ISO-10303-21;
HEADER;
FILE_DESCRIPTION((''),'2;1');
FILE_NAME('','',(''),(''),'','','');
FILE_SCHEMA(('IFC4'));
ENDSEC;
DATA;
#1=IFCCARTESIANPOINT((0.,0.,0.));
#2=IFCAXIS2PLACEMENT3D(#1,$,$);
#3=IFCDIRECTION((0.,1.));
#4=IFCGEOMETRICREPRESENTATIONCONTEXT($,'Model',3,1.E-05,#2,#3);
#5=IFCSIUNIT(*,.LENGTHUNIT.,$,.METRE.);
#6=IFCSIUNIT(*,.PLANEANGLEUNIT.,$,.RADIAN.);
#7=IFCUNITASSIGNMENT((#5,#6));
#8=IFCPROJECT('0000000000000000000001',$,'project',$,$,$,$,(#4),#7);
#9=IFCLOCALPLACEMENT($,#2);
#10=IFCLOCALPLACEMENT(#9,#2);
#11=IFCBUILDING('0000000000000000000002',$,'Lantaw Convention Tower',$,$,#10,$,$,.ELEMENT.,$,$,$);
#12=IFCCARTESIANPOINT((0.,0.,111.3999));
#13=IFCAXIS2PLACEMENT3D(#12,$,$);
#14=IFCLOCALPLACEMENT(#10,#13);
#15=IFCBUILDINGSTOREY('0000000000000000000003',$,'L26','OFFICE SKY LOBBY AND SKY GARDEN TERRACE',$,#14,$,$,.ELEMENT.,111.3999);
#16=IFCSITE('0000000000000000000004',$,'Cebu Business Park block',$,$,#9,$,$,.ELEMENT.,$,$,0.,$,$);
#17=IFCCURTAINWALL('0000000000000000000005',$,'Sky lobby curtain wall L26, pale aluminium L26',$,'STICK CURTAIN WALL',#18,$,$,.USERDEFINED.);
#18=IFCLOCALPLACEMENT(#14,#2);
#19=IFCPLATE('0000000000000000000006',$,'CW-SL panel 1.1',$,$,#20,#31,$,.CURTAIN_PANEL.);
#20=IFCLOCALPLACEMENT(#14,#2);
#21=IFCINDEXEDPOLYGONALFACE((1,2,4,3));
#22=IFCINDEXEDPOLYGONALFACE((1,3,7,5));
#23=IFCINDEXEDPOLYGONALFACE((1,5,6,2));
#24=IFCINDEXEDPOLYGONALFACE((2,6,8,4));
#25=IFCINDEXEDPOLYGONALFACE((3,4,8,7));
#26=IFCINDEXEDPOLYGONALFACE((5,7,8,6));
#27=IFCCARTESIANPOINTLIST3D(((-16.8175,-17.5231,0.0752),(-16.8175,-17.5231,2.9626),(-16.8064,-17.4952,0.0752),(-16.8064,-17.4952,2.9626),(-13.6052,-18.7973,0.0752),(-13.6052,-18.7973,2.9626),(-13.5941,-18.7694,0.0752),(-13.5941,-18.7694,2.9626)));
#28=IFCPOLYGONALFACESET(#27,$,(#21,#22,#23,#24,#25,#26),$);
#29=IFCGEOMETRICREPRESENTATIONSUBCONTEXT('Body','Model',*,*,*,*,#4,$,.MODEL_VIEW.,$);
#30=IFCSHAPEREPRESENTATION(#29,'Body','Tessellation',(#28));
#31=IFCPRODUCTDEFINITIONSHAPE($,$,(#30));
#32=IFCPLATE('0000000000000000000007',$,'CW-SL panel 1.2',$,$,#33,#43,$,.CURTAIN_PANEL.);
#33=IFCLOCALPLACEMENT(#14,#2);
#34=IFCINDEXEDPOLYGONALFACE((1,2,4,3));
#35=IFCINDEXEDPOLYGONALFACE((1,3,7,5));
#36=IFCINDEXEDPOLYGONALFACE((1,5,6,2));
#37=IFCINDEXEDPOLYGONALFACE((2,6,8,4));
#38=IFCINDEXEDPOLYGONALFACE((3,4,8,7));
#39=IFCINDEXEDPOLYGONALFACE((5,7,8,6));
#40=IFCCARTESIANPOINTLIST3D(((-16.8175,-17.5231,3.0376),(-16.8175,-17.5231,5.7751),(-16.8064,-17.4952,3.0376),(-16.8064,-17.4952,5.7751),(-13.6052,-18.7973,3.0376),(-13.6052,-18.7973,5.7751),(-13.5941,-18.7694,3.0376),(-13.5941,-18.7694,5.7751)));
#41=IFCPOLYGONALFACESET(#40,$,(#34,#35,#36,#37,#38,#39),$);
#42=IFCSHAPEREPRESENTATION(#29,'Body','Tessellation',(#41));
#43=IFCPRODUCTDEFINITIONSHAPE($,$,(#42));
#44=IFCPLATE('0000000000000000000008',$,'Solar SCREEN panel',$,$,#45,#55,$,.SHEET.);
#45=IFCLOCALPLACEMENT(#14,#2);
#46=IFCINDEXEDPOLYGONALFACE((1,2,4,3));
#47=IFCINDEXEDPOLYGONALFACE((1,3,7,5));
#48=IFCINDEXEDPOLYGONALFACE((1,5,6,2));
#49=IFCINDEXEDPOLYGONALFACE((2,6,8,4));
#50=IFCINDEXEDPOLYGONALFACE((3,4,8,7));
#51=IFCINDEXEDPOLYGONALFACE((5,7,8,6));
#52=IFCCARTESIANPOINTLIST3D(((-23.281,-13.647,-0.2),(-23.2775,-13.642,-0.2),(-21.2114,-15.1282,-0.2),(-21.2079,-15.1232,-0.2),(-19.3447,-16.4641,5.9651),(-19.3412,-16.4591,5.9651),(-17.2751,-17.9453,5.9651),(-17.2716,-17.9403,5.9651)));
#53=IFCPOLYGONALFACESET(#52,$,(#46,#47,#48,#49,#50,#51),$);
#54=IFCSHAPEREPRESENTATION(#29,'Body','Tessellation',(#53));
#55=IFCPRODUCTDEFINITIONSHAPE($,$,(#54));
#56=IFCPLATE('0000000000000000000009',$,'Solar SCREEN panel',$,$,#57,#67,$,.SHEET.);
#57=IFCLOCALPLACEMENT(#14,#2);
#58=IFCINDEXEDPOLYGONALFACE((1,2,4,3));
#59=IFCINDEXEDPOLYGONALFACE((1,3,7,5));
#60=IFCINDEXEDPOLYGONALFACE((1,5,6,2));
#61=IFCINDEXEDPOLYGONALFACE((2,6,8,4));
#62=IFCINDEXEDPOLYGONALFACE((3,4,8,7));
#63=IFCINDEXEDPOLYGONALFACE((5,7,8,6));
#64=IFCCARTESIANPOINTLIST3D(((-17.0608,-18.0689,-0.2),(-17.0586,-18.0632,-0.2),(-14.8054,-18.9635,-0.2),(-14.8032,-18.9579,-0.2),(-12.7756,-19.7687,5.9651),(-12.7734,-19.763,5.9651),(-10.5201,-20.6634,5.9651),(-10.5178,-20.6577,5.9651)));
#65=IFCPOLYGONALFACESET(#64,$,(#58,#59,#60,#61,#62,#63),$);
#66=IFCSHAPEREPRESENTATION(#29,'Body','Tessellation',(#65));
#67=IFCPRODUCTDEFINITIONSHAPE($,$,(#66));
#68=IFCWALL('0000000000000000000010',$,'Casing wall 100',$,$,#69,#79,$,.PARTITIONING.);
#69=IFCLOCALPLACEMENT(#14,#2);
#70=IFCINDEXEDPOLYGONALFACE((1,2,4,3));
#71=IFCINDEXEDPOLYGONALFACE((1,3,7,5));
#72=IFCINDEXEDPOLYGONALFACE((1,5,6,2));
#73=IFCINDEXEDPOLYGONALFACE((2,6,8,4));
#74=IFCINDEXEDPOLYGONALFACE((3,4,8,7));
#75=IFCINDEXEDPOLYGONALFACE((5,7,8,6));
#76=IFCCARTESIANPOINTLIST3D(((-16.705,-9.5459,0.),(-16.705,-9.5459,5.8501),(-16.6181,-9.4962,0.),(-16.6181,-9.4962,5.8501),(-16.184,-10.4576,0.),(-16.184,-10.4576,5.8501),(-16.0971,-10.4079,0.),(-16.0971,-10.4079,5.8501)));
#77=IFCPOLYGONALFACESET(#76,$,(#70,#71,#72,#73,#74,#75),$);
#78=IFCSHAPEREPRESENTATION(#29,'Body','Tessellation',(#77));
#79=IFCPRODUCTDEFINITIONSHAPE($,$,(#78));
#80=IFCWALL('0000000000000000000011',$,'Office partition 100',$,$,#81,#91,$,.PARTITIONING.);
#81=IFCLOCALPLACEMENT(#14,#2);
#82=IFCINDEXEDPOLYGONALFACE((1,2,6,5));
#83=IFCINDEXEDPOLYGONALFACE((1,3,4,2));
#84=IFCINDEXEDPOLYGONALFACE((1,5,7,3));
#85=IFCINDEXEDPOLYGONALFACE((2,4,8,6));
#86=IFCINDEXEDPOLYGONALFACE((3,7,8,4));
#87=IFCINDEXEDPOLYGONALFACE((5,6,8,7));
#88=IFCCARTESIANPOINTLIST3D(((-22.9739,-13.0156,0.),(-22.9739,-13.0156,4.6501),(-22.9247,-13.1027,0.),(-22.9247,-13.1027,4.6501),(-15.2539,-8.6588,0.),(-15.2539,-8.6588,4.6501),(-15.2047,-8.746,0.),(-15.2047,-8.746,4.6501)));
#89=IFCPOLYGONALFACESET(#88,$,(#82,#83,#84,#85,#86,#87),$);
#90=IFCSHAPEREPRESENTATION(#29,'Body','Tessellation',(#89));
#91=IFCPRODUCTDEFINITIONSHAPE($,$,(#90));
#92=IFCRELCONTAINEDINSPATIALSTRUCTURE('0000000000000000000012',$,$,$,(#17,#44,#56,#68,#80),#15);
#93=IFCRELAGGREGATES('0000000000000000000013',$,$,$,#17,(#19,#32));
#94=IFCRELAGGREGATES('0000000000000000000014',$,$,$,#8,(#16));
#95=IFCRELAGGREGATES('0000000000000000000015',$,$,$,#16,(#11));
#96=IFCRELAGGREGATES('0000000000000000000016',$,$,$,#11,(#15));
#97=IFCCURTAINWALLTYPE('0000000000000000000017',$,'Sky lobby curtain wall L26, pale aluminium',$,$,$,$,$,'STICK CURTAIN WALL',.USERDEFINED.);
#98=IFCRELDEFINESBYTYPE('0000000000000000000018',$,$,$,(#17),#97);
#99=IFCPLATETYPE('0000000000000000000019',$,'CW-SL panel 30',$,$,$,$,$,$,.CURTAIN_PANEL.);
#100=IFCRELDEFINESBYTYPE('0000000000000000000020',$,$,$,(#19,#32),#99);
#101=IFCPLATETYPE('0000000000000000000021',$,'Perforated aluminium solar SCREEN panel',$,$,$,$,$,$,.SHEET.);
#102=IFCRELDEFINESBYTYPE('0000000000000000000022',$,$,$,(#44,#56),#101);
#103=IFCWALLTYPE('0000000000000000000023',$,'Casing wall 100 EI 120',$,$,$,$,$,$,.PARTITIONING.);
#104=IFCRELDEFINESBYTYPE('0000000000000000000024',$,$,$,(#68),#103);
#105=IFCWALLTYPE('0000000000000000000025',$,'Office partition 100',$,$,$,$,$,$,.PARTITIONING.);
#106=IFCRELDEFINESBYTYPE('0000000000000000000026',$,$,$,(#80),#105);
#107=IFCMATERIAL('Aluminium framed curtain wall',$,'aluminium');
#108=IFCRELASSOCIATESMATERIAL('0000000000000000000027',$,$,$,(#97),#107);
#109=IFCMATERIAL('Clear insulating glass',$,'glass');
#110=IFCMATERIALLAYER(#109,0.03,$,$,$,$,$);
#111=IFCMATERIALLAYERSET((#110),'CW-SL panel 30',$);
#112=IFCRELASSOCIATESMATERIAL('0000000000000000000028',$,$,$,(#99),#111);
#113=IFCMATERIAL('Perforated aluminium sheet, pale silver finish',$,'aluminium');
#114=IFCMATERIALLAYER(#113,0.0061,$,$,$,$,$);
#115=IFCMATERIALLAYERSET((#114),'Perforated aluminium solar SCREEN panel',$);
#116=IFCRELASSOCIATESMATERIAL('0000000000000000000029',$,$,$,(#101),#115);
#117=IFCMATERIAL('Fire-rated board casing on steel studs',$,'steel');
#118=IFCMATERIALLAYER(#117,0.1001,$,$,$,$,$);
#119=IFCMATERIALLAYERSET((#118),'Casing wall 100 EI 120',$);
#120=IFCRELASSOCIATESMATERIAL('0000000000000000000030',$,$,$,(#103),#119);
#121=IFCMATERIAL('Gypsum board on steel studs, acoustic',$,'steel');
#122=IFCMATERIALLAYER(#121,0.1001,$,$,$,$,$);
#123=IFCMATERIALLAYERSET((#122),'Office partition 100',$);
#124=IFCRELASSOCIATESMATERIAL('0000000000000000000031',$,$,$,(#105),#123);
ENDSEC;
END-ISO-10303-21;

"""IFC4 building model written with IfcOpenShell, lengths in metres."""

from ifc_helpers import new_model, si_unit, direction, frame, frame_2d, origin, origin_2d, place, context, subcontext, project, spatial, polyline, rectangle, outline, extrude, material, layer, layer_set, type_object, element, aggregate, save


model = new_model("IFC4")

# Units and contexts
model_context = context("Model", 3, precision=1e-05, world=origin(), true_north=direction((0.0, 1.0)))
body_context = subcontext(model_context, "Body", "Model", "MODEL_VIEW")
ifc_project = project(units=[si_unit("LENGTHUNIT", "METRE"), si_unit("PLANEANGLEUNIT", "RADIAN")], contexts=[model_context])

# Site, building, storey
site_placement = place(None, origin())
site = spatial("IfcSite", under=ifc_project, at=site_placement, Name="Cebu Business Park block", CompositionType="ELEMENT", RefElevation=0.0)
building_placement = place(site_placement, origin())
building = spatial("IfcBuilding", under=site, at=building_placement, Name="Lantaw Convention Tower", CompositionType="ELEMENT")
storey_placement = place(building_placement, frame((0.0, 0.0, 111.3999)))
storey = spatial("IfcBuildingStorey", under=building, at=storey_placement, Name="L26", Description="OFFICE SKY LOBBY AND SKY GARDEN TERRACE", CompositionType="ELEMENT", Elevation=111.3999)

# Shared definitions
ifc_material_1 = material(Name="Aluminium framed curtain wall", Category="aluminium")
curtain_wall_type = type_object("IfcCurtainWallType", Name="Sky lobby curtain wall L26, pale aluminium", ElementType="STICK CURTAIN WALL", PredefinedType="USERDEFINED", material=ifc_material_1)

# Curtain wall
curtain_wall_1_placement = place(storey_placement, origin())
curtain_wall_1 = element("IfcCurtainWall", 1, at=curtain_wall_1_placement, inside=storey, type_object=curtain_wall_type, Name="Sky lobby curtain wall L26, pale aluminium L26", ObjectType="STICK CURTAIN WALL", PredefinedType="USERDEFINED")

# Plates
ifc_material_2 = material(Name="Clear insulating glass", Category="glass")
ifc_layer_1 = layer(ifc_material_2, 0.03)
ifc_layer_set_1 = layer_set([ifc_layer_1], Name="CW-SL panel 30")
plate_type_1 = type_object("IfcPlateType", Name="CW-SL panel 30", PredefinedType="CURTAIN_PANEL", material=ifc_layer_set_1)
plate_1_placement = place(storey_placement, frame((-15.2058, -18.1462, 0.0752), z_axis=(0.0, 0.0, 1.0), x_axis=(0.929548, -0.368702, 0.0)))
plate_1 = element("IfcPlate", 2, at=plate_1_placement, type_object=plate_type_1, Name="CW-SL panel 1.1", PredefinedType="CURTAIN_PANEL", context=body_context, shape_type="SweptSolid", body=[
    extrude(rectangle(XDim=3.4558, YDim=0.03, at=origin_2d()), origin(), (0.0, 0.0, 1.0), 2.8875),
])
plate_2_placement = place(storey_placement, frame((-15.2058, -18.1462, 3.0376), z_axis=(0.0, 0.0, 1.0), x_axis=(0.929548, -0.368702, 0.0)))
plate_2 = element("IfcPlate", 3, at=plate_2_placement, type_object=plate_type_1, Name="CW-SL panel 1.2", PredefinedType="CURTAIN_PANEL", context=body_context, shape_type="SweptSolid", body=[
    extrude(rectangle(XDim=3.4558, YDim=0.03, at=origin_2d()), origin(), (0.0, 0.0, 1.0), 2.7375),
])
aggregate(curtain_wall_1, [plate_1, plate_2])

# Plates
ifc_material_3 = material(Name="Perforated aluminium sheet, pale silver finish", Category="aluminium")
ifc_layer_2 = layer(ifc_material_3, 0.0061)
ifc_layer_set_2 = layer_set([ifc_layer_2], Name="Perforated aluminium solar SCREEN panel")
plate_type_2 = type_object("IfcPlateType", Name="Perforated aluminium solar SCREEN panel", PredefinedType="SHEET", material=ifc_layer_set_2)
plate_3_placement = place(storey_placement, frame((-23.281, -13.647, -0.2), z_axis=(-0.582, -0.813189, 0.000008), x_axis=(0.813189, -0.582, 0.0)))
element("IfcPlate", 4, at=plate_3_placement, inside=storey, type_object=plate_type_2, Name="Solar SCREEN panel", PredefinedType="SHEET", context=body_context, shape_type="SweptSolid", body=[
    extrude(outline(polyline([(0.0, 0.0), (2.545, 0.0), (7.3855, 6.165), (4.8405, 6.165), (0.0, 0.0)])), origin(), (0.0, 0.0, -1.0), 0.0061),
])
plate_4_placement = place(storey_placement, frame((-17.0586, -18.0632, -0.2), z_axis=(0.368709, 0.929545, 0.000008), x_axis=(0.929545, -0.368709, 0.0)))
element("IfcPlate", 5, at=plate_4_placement, inside=storey, type_object=plate_type_2, Name="Solar SCREEN panel", PredefinedType="SHEET", context=body_context, shape_type="SweptSolid", body=[
    extrude(outline(polyline([(0.0, 0.0), (2.4264, 0.0), (7.0365, -6.165), (4.61, -6.165), (0.0, 0.0)])), origin(), (0.0, 0.0, -1.0), 0.0061),
])

# Walls
ifc_material_4 = material(Name="Fire-rated board casing on steel studs", Category="steel")
ifc_layer_3 = layer(ifc_material_4, 0.1001)
ifc_layer_set_3 = layer_set([ifc_layer_3], Name="Casing wall 100 EI 120")
wall_type_1 = type_object("IfcWallType", Name="Casing wall 100 EI 120", PredefinedType="PARTITIONING", material=ifc_layer_set_3)
wall_1_placement = place(storey_placement, frame((-16.1406, -10.4326, 0.0), z_axis=(0.0, 0.0, 1.0), x_axis=(-0.496189, 0.868215, 0.0)))
element("IfcWall", 6, at=wall_1_placement, inside=storey, type_object=wall_type_1, Name="Casing wall 100", PredefinedType="PARTITIONING", context=body_context, shape_type="SweptSolid", body=[
    extrude(rectangle(XDim=1.05, YDim=0.1001, at=frame_2d((0.5249, 0.0))), origin(), (0.0, 0.0, 1.0), 5.8501),
])
ifc_material_5 = material(Name="Gypsum board on steel studs, acoustic", Category="steel")
ifc_layer_4 = layer(ifc_material_5, 0.1001)
ifc_layer_set_4 = layer_set([ifc_layer_4], Name="Office partition 100")
wall_type_2 = type_object("IfcWallType", Name="Office partition 100", PredefinedType="PARTITIONING", material=ifc_layer_set_4)
wall_2_placement = place(storey_placement, frame((-22.9492, -13.0591, 0.0), z_axis=(0.0, 0.0, 1.0), x_axis=(0.87089, 0.491478, 0.0)))
element("IfcWall", 7, at=wall_2_placement, inside=storey, type_object=wall_type_2, Name="Office partition 100", PredefinedType="PARTITIONING", context=body_context, shape_type="SweptSolid", body=[
    extrude(rectangle(XDim=8.8645, YDim=0.1001, at=frame_2d((4.4321, 0.0))), origin(), (0.0, 0.0, 1.0), 4.6501),
])

save(model, "model.ifc")
